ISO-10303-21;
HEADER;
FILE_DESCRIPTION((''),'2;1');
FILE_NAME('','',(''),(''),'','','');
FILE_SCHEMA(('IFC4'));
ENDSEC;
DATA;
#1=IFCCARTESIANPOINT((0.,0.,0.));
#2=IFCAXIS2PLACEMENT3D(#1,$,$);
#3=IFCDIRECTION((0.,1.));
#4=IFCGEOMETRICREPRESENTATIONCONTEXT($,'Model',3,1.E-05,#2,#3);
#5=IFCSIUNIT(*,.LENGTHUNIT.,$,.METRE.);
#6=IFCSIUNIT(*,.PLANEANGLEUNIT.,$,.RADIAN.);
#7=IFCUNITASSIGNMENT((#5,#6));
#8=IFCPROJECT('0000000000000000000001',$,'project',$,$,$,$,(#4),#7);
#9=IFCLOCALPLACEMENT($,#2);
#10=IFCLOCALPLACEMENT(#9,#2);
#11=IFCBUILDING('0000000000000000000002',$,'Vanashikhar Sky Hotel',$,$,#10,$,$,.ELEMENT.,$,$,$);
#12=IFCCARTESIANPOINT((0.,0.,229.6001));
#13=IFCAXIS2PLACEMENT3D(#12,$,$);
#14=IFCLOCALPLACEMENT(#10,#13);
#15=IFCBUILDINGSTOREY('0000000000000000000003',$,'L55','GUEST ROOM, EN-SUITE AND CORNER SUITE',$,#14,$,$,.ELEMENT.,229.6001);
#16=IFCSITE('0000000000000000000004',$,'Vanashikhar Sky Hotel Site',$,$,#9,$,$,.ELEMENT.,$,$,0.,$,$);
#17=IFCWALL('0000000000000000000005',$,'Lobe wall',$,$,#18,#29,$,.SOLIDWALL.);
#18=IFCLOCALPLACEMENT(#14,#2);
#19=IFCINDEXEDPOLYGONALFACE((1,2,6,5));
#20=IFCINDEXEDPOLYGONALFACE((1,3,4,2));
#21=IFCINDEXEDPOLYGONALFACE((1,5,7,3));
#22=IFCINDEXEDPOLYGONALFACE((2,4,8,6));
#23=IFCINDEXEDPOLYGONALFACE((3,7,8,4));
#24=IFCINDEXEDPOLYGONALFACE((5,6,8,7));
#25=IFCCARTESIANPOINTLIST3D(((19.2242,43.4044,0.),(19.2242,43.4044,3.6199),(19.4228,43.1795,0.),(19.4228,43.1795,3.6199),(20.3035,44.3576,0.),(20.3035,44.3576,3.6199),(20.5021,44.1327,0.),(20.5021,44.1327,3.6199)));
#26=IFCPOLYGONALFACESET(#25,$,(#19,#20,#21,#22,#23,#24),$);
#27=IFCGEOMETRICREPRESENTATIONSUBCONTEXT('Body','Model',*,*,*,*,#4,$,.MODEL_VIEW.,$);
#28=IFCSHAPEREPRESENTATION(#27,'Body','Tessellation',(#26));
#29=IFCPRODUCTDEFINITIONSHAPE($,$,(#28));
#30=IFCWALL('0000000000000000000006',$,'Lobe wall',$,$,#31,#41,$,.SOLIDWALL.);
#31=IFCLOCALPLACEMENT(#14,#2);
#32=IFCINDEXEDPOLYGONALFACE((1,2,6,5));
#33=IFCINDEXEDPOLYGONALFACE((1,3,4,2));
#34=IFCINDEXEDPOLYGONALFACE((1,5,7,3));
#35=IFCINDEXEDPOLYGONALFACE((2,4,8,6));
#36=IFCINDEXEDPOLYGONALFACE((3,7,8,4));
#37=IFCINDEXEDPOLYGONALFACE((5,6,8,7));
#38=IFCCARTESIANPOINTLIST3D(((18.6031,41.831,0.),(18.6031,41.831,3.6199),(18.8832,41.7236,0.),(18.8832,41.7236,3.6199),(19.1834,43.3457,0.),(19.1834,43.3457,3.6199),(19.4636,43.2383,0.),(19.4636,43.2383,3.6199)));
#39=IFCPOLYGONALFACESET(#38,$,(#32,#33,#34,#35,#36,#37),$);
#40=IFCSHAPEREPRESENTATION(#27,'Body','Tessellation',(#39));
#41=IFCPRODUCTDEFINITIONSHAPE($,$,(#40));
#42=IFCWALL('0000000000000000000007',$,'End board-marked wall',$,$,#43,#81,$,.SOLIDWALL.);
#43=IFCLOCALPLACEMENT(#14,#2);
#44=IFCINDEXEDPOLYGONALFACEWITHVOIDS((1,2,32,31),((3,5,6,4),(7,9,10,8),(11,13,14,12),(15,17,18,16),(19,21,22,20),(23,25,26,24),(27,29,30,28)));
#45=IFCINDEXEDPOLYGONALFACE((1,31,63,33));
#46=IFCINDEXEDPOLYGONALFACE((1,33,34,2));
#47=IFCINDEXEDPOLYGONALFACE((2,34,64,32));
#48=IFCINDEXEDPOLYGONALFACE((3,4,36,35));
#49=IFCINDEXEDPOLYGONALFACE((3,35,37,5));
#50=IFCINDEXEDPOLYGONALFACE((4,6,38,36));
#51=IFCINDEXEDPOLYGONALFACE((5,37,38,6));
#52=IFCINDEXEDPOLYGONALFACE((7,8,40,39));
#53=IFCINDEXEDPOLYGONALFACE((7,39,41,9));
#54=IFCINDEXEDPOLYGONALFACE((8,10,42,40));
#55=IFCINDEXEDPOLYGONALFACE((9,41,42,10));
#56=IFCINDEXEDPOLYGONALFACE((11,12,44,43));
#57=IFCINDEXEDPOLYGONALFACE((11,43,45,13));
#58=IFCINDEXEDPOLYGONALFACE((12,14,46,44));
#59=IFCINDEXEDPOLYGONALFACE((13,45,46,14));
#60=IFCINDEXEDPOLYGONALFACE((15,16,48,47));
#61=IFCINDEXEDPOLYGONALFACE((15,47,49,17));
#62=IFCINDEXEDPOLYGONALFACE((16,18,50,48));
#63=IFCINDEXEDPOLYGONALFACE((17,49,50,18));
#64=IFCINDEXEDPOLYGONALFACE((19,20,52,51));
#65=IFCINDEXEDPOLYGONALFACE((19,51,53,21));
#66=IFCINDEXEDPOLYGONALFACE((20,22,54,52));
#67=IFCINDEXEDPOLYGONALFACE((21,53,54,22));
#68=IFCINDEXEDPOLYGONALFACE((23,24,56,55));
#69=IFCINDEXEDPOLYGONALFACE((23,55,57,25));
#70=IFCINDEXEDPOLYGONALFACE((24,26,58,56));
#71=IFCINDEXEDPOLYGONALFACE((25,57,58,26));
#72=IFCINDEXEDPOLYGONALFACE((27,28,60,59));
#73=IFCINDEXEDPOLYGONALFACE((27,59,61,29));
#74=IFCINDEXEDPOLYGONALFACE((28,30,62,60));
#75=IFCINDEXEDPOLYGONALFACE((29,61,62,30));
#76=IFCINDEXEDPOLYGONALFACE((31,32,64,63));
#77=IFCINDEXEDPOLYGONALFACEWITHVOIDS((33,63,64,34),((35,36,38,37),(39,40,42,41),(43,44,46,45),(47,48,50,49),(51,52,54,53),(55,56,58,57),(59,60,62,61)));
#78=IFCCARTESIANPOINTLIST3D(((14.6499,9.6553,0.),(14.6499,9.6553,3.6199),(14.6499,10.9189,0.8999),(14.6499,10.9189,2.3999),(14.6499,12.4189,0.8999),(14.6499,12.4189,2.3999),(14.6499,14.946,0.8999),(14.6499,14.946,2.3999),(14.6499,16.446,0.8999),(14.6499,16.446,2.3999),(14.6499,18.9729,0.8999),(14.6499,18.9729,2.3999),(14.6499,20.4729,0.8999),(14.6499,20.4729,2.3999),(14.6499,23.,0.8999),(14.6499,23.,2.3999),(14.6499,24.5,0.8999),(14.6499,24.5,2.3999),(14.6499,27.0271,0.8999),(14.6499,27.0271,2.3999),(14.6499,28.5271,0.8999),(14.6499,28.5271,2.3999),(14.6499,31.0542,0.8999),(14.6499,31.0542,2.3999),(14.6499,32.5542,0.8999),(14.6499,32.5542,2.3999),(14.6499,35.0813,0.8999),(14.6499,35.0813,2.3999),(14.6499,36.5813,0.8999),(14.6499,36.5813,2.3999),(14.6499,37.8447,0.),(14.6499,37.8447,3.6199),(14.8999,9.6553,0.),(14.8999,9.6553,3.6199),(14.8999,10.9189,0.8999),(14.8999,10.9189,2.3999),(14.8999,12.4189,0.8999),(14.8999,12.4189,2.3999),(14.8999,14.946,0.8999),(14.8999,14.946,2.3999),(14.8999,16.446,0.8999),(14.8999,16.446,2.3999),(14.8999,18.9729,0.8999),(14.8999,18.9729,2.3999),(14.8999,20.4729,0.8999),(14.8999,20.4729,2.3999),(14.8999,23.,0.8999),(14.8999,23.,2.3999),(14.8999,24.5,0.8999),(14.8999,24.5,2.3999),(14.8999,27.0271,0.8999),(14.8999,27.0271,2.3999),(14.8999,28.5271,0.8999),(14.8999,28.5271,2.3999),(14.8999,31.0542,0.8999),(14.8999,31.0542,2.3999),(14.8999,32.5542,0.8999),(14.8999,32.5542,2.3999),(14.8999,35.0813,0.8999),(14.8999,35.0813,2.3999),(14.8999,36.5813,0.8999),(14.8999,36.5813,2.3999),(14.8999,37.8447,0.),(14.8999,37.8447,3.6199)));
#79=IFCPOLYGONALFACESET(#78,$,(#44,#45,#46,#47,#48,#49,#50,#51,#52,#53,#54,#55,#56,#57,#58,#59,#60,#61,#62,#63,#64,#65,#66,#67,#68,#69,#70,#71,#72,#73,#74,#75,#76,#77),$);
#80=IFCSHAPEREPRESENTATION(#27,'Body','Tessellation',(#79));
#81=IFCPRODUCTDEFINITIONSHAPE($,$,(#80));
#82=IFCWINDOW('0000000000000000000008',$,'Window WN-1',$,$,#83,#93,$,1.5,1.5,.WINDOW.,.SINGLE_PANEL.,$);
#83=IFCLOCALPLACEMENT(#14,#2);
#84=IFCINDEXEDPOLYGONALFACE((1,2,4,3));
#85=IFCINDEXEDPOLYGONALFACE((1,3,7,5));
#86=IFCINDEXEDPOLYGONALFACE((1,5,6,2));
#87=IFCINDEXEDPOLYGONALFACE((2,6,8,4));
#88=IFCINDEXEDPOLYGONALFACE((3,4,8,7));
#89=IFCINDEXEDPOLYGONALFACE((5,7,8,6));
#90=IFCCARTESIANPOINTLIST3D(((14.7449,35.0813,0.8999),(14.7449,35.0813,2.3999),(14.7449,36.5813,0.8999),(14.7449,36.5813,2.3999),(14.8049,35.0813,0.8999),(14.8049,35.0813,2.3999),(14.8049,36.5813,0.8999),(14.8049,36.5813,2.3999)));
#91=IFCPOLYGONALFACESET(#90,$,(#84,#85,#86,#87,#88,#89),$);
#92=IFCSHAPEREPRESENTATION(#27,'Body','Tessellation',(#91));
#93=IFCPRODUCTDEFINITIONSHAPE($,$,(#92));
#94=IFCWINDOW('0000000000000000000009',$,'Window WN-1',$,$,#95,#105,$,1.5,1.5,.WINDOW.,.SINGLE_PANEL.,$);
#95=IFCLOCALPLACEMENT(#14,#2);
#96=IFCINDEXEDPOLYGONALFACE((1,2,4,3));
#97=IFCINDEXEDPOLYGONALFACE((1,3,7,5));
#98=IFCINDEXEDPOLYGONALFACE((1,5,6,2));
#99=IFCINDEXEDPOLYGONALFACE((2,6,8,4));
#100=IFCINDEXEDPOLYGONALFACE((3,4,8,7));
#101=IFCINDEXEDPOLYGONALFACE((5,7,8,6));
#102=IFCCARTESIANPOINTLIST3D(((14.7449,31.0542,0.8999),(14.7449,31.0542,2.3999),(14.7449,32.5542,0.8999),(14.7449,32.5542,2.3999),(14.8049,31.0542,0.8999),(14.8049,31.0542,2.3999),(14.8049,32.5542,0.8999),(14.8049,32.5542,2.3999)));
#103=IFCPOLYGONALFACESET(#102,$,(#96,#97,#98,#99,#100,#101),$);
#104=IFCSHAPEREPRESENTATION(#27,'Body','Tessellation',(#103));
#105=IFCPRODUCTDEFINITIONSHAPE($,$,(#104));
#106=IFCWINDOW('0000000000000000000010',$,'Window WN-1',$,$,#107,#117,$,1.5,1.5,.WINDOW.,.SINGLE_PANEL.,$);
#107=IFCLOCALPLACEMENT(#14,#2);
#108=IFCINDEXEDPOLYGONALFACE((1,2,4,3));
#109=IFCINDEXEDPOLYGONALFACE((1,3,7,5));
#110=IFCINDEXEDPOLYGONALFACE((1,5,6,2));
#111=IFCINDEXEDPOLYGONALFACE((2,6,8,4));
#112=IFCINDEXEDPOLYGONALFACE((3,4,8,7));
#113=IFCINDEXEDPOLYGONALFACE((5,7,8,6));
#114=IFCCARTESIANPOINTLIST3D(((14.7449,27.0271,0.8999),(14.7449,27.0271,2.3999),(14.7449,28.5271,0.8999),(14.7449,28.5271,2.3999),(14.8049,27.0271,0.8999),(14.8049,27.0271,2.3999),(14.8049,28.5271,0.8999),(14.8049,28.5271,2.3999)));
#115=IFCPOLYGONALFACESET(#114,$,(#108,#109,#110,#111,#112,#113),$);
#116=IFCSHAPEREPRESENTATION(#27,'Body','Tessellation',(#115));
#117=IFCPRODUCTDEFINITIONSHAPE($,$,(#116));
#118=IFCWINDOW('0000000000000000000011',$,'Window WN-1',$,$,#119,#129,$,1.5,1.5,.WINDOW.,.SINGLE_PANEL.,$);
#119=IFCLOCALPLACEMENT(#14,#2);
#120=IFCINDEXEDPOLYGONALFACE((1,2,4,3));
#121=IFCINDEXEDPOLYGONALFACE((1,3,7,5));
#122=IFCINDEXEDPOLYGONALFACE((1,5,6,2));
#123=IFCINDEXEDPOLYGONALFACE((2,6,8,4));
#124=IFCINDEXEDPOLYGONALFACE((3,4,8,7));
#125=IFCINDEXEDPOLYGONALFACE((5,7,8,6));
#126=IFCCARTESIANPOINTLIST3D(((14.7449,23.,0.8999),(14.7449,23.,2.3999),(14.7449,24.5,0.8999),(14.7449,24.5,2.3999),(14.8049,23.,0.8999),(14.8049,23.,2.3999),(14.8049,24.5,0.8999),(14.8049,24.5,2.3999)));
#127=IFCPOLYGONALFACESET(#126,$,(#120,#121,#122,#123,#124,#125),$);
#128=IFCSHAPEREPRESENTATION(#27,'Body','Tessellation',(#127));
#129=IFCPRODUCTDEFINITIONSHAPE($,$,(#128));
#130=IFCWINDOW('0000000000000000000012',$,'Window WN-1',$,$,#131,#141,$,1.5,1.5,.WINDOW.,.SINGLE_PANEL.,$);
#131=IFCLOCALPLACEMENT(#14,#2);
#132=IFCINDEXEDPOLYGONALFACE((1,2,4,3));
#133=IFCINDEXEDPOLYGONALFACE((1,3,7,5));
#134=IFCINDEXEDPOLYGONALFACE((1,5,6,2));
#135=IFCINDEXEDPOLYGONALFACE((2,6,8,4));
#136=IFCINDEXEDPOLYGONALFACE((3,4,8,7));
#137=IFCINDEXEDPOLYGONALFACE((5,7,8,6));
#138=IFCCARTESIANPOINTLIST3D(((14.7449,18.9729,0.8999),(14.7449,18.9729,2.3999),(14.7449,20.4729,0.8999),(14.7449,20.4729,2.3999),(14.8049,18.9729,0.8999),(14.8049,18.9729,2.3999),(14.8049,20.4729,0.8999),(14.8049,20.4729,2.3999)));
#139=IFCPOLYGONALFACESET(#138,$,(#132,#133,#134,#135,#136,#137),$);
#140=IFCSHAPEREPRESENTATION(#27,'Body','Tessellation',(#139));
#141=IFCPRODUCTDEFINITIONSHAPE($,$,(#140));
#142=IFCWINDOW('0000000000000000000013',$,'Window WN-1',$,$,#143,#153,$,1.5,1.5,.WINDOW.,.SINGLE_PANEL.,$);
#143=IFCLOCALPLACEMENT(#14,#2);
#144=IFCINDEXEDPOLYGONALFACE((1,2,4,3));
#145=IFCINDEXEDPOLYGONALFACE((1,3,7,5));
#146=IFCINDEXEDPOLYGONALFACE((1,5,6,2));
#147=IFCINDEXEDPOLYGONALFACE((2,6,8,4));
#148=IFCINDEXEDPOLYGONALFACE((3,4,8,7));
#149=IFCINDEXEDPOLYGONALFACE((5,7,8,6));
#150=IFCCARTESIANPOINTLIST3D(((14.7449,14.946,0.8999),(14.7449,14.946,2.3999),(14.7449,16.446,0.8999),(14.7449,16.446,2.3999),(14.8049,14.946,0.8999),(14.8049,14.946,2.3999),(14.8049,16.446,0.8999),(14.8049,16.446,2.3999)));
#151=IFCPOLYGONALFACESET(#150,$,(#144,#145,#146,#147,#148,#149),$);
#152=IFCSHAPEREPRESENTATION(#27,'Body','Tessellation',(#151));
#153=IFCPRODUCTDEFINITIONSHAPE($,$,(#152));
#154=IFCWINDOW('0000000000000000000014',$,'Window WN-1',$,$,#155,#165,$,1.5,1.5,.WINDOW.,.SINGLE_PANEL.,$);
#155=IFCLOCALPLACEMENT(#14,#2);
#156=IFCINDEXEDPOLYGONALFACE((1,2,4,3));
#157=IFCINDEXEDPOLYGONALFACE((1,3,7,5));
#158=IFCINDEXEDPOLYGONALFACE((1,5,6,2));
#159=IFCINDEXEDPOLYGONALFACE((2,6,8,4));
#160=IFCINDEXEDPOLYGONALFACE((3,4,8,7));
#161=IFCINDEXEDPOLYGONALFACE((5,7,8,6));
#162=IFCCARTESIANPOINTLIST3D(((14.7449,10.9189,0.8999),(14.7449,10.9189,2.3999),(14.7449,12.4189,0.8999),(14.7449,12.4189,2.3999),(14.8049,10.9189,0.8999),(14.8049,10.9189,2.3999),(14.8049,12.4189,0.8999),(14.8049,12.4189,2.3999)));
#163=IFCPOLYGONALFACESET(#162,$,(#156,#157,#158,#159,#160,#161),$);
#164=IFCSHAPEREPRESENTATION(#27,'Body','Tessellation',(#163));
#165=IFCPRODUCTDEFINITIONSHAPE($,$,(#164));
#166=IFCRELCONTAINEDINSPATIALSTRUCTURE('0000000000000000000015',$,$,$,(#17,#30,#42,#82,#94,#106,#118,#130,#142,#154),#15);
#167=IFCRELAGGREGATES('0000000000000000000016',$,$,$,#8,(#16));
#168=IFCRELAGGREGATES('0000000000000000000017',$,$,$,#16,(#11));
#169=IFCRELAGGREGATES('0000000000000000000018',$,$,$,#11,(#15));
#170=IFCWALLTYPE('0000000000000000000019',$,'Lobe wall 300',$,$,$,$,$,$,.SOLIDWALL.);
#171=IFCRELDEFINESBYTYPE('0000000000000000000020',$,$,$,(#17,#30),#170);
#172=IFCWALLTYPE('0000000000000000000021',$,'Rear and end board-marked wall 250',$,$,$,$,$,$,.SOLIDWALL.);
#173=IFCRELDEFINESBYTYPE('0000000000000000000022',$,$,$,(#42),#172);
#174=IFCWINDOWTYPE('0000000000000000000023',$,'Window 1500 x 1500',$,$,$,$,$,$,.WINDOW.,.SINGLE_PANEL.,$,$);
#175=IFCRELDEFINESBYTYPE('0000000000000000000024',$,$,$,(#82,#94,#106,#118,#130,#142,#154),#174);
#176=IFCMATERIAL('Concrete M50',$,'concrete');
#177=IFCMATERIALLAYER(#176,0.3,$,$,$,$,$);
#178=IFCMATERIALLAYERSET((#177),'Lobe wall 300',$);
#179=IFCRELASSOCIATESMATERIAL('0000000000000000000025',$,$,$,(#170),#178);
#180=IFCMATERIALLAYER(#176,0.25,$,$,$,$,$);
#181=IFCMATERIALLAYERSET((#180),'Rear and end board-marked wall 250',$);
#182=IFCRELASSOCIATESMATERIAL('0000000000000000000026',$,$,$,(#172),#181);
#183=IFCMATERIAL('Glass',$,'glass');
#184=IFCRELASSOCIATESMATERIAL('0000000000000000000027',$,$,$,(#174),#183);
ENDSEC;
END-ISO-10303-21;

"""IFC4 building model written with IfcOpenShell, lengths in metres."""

from ifc_helpers import new_model, si_unit, direction, frame, frame_2d, origin, place, context, subcontext, project, spatial, rectangle, extrude, source, transform, mapped, material, layer, layer_set, type_object, element, fill, save


model = new_model("IFC4")

# Units and contexts
model_context = context("Model", 3, precision=1e-05, world=origin(), true_north=direction((0.0, 1.0)))
body_context = subcontext(model_context, "Body", "Model", "MODEL_VIEW")
ifc_project = project(units=[si_unit("LENGTHUNIT", "METRE"), si_unit("PLANEANGLEUNIT", "RADIAN")], contexts=[model_context])

# Site, building, storey
site_placement = place(None, origin())
site = spatial("IfcSite", under=ifc_project, at=site_placement, Name="Vanashikhar Sky Hotel Site", CompositionType="ELEMENT", RefElevation=0.0)
building_placement = place(site_placement, origin())
building = spatial("IfcBuilding", under=site, at=building_placement, Name="Vanashikhar Sky Hotel", CompositionType="ELEMENT")
storey_placement = place(building_placement, frame((0.0, 0.0, 229.6001)))
storey = spatial("IfcBuildingStorey", under=building, at=storey_placement, Name="L55", Description="GUEST ROOM, EN-SUITE AND CORNER SUITE", CompositionType="ELEMENT", Elevation=229.6001)

# Shared definitions
ifc_material_1 = material(Name="Concrete M50", Category="concrete")
ifc_layer_1 = layer(ifc_material_1, 0.3)
ifc_layer_set_1 = layer_set([ifc_layer_1], Name="Lobe wall 300")
wall_type_1 = type_object("IfcWallType", Name="Lobe wall 300", PredefinedType="SOLIDWALL", material=ifc_layer_set_1)
ifc_material_2 = material(Name="Glass", Category="glass")

# Walls
shared_shape_1 = source(origin(), body_context, "Body", "SweptSolid", [
    extrude(rectangle(XDim=1.4399, YDim=0.3, at=frame_2d((0.72, 0.0))), origin(), (0.0, 0.0, 1.0), 3.6199),
])
wall_1_placement = place(storey_placement, frame((20.4028, 44.2451, 0.0), z_axis=(0.0, 0.0, 1.0), x_axis=(-0.749576, -0.661919, 0.0)))
element("IfcWall", 1, at=wall_1_placement, inside=storey, type_object=wall_type_1, Name="Lobe wall", PredefinedType="SOLIDWALL", context=body_context, shape_type="MappedRepresentation", body=[
    mapped(shared_shape_1, transform((0.0, 0.0, 0.0), scale=1.0)),
])
shared_shape_2 = source(origin(), body_context, "Body", "SweptSolid", [
    extrude(rectangle(XDim=1.6221, YDim=0.3, at=frame_2d((0.811, 0.0))), origin(), (0.0, 0.0, 1.0), 3.6199),
])
wall_2_placement = place(storey_placement, frame((19.3235, 43.292, 0.0), z_axis=(0.0, 0.0, 1.0), x_axis=(-0.357779, -0.933806, 0.0)))
element("IfcWall", 2, at=wall_2_placement, inside=storey, type_object=wall_type_1, Name="Lobe wall", PredefinedType="SOLIDWALL", context=body_context, shape_type="MappedRepresentation", body=[
    mapped(shared_shape_2, transform((0.0, 0.0, 0.0), scale=1.0)),
])

# Wall, openings, windows
ifc_layer_2 = layer(ifc_material_1, 0.25)
ifc_layer_set_2 = layer_set([ifc_layer_2], Name="Rear and end board-marked wall 250")
wall_type_2 = type_object("IfcWallType", Name="Rear and end board-marked wall 250", PredefinedType="SOLIDWALL", material=ifc_layer_set_2)
shared_shape_3 = source(origin(), body_context, "Body", "SweptSolid", [
    extrude(rectangle(XDim=28.1895, YDim=0.25, at=frame_2d((14.0947, 0.0))), origin(), (0.0, 0.0, 1.0), 3.6199),
])
wall_3_placement = place(storey_placement, frame((14.7749, 37.8447, 0.0), z_axis=(0.0, 0.0, 1.0), x_axis=(0.0, -1.0, 0.0)))
wall_3 = element("IfcWall", 3, at=wall_3_placement, inside=storey, type_object=wall_type_2, Name="End board-marked wall", PredefinedType="SOLIDWALL", context=body_context, shape_type="MappedRepresentation", body=[
    mapped(shared_shape_3, transform((0.0, 0.0, 0.0), scale=1.0)),
])
shared_shape_4 = source(origin(), body_context, "Body", "SweptSolid", [
    extrude(rectangle(XDim=1.5, YDim=1.5, at=frame_2d((0.75, 0.75))), frame((0.0, 0.135, 0.0), z_axis=(0.0, -1.0, 0.0), x_axis=(1.0, 0.0, 0.0)), (0.0, 0.0, 1.0), 0.27),
])
opening_1_placement = place(wall_3_placement, frame((1.2634, 0.0, 0.8999)))
opening_1 = element("IfcOpeningElement", 4, at=opening_1_placement, cuts=wall_3, PredefinedType="OPENING", context=body_context, shape_type="MappedRepresentation", body=[
    mapped(shared_shape_4, transform((0.0, 0.0, 0.0), scale=1.0)),
])
opening_2_placement = place(wall_3_placement, frame((5.2905, 0.0, 0.8999)))
opening_2 = element("IfcOpeningElement", 5, at=opening_2_placement, cuts=wall_3, PredefinedType="OPENING", context=body_context, shape_type="MappedRepresentation", body=[
    mapped(shared_shape_4, transform((0.0, 0.0, 0.0), scale=1.0)),
])
opening_3_placement = place(wall_3_placement, frame((9.3176, 0.0, 0.8999)))
opening_3 = element("IfcOpeningElement", 6, at=opening_3_placement, cuts=wall_3, PredefinedType="OPENING", context=body_context, shape_type="MappedRepresentation", body=[
    mapped(shared_shape_4, transform((0.0, 0.0, 0.0), scale=1.0)),
])
opening_4_placement = place(wall_3_placement, frame((13.3447, 0.0, 0.8999)))
opening_4 = element("IfcOpeningElement", 7, at=opening_4_placement, cuts=wall_3, PredefinedType="OPENING", context=body_context, shape_type="MappedRepresentation", body=[
    mapped(shared_shape_4, transform((0.0, 0.0, 0.0), scale=1.0)),
])
opening_5_placement = place(wall_3_placement, frame((17.3718, 0.0, 0.8999)))
opening_5 = element("IfcOpeningElement", 8, at=opening_5_placement, cuts=wall_3, PredefinedType="OPENING", context=body_context, shape_type="MappedRepresentation", body=[
    mapped(shared_shape_4, transform((0.0, 0.0, 0.0), scale=1.0)),
])
opening_6_placement = place(wall_3_placement, frame((21.3987, 0.0, 0.8999)))
opening_6 = element("IfcOpeningElement", 9, at=opening_6_placement, cuts=wall_3, PredefinedType="OPENING", context=body_context, shape_type="MappedRepresentation", body=[
    mapped(shared_shape_4, transform((0.0, 0.0, 0.0), scale=1.0)),
])
opening_7_placement = place(wall_3_placement, frame((25.4258, 0.0, 0.8999)))
opening_7 = element("IfcOpeningElement", 10, at=opening_7_placement, cuts=wall_3, PredefinedType="OPENING", context=body_context, shape_type="MappedRepresentation", body=[
    mapped(shared_shape_4, transform((0.0, 0.0, 0.0), scale=1.0)),
])
window_type_1 = type_object("IfcWindowType", Name="Window 1500 x 1500", PartitioningType="SINGLE_PANEL", PredefinedType="WINDOW", material=ifc_material_2)
shared_shape_5 = source(origin(), body_context, "Body", "SweptSolid", [
    extrude(rectangle(XDim=1.5, YDim=1.5, at=frame_2d((0.75, 0.75))), frame((0.0, 0.03, 0.0), z_axis=(0.0, -1.0, 0.0), x_axis=(1.0, 0.0, 0.0)), (0.0, 0.0, 1.0), 0.0601),
])
window_1_placement = place(opening_1_placement, origin())
window_1 = element("IfcWindow", 11, at=window_1_placement, inside=storey, type_object=window_type_1, Name="Window WN-1", OverallHeight=1.5, OverallWidth=1.5, PartitioningType="SINGLE_PANEL", PredefinedType="WINDOW", context=body_context, shape_type="MappedRepresentation", body=[
    mapped(shared_shape_5, transform((0.0, 0.0, 0.0), scale=1.0)),
])
fill(opening_1, window_1)
window_2_placement = place(opening_2_placement, origin())
window_2 = element("IfcWindow", 12, at=window_2_placement, inside=storey, type_object=window_type_1, Name="Window WN-1", OverallHeight=1.5, OverallWidth=1.5, PartitioningType="SINGLE_PANEL", PredefinedType="WINDOW", context=body_context, shape_type="MappedRepresentation", body=[
    mapped(shared_shape_5, transform((0.0, 0.0, 0.0), scale=1.0)),
])
fill(opening_2, window_2)
window_3_placement = place(opening_3_placement, origin())
window_3 = element("IfcWindow", 13, at=window_3_placement, inside=storey, type_object=window_type_1, Name="Window WN-1", OverallHeight=1.5, OverallWidth=1.5, PartitioningType="SINGLE_PANEL", PredefinedType="WINDOW", context=body_context, shape_type="MappedRepresentation", body=[
    mapped(shared_shape_5, transform((0.0, 0.0, 0.0), scale=1.0)),
])
fill(opening_3, window_3)
window_4_placement = place(opening_4_placement, origin())
window_4 = element("IfcWindow", 14, at=window_4_placement, inside=storey, type_object=window_type_1, Name="Window WN-1", OverallHeight=1.5, OverallWidth=1.5, PartitioningType="SINGLE_PANEL", PredefinedType="WINDOW", context=body_context, shape_type="MappedRepresentation", body=[
    mapped(shared_shape_5, transform((0.0, 0.0, 0.0), scale=1.0)),
])
fill(opening_4, window_4)
window_5_placement = place(opening_5_placement, origin())
window_5 = element("IfcWindow", 15, at=window_5_placement, inside=storey, type_object=window_type_1, Name="Window WN-1", OverallHeight=1.5, OverallWidth=1.5, PartitioningType="SINGLE_PANEL", PredefinedType="WINDOW", context=body_context, shape_type="MappedRepresentation", body=[
    mapped(shared_shape_5, transform((0.0, 0.0, 0.0), scale=1.0)),
])
fill(opening_5, window_5)
window_6_placement = place(opening_6_placement, origin())
window_6 = element("IfcWindow", 16, at=window_6_placement, inside=storey, type_object=window_type_1, Name="Window WN-1", OverallHeight=1.5, OverallWidth=1.5, PartitioningType="SINGLE_PANEL", PredefinedType="WINDOW", context=body_context, shape_type="MappedRepresentation", body=[
    mapped(shared_shape_5, transform((0.0, 0.0, 0.0), scale=1.0)),
])
fill(opening_6, window_6)
window_7_placement = place(opening_7_placement, origin())
window_7 = element("IfcWindow", 17, at=window_7_placement, inside=storey, type_object=window_type_1, Name="Window WN-1", OverallHeight=1.5, OverallWidth=1.5, PartitioningType="SINGLE_PANEL", PredefinedType="WINDOW", context=body_context, shape_type="MappedRepresentation", body=[
    mapped(shared_shape_5, transform((0.0, 0.0, 0.0), scale=1.0)),
])
fill(opening_7, window_7)

save(model, "model.ifc")
